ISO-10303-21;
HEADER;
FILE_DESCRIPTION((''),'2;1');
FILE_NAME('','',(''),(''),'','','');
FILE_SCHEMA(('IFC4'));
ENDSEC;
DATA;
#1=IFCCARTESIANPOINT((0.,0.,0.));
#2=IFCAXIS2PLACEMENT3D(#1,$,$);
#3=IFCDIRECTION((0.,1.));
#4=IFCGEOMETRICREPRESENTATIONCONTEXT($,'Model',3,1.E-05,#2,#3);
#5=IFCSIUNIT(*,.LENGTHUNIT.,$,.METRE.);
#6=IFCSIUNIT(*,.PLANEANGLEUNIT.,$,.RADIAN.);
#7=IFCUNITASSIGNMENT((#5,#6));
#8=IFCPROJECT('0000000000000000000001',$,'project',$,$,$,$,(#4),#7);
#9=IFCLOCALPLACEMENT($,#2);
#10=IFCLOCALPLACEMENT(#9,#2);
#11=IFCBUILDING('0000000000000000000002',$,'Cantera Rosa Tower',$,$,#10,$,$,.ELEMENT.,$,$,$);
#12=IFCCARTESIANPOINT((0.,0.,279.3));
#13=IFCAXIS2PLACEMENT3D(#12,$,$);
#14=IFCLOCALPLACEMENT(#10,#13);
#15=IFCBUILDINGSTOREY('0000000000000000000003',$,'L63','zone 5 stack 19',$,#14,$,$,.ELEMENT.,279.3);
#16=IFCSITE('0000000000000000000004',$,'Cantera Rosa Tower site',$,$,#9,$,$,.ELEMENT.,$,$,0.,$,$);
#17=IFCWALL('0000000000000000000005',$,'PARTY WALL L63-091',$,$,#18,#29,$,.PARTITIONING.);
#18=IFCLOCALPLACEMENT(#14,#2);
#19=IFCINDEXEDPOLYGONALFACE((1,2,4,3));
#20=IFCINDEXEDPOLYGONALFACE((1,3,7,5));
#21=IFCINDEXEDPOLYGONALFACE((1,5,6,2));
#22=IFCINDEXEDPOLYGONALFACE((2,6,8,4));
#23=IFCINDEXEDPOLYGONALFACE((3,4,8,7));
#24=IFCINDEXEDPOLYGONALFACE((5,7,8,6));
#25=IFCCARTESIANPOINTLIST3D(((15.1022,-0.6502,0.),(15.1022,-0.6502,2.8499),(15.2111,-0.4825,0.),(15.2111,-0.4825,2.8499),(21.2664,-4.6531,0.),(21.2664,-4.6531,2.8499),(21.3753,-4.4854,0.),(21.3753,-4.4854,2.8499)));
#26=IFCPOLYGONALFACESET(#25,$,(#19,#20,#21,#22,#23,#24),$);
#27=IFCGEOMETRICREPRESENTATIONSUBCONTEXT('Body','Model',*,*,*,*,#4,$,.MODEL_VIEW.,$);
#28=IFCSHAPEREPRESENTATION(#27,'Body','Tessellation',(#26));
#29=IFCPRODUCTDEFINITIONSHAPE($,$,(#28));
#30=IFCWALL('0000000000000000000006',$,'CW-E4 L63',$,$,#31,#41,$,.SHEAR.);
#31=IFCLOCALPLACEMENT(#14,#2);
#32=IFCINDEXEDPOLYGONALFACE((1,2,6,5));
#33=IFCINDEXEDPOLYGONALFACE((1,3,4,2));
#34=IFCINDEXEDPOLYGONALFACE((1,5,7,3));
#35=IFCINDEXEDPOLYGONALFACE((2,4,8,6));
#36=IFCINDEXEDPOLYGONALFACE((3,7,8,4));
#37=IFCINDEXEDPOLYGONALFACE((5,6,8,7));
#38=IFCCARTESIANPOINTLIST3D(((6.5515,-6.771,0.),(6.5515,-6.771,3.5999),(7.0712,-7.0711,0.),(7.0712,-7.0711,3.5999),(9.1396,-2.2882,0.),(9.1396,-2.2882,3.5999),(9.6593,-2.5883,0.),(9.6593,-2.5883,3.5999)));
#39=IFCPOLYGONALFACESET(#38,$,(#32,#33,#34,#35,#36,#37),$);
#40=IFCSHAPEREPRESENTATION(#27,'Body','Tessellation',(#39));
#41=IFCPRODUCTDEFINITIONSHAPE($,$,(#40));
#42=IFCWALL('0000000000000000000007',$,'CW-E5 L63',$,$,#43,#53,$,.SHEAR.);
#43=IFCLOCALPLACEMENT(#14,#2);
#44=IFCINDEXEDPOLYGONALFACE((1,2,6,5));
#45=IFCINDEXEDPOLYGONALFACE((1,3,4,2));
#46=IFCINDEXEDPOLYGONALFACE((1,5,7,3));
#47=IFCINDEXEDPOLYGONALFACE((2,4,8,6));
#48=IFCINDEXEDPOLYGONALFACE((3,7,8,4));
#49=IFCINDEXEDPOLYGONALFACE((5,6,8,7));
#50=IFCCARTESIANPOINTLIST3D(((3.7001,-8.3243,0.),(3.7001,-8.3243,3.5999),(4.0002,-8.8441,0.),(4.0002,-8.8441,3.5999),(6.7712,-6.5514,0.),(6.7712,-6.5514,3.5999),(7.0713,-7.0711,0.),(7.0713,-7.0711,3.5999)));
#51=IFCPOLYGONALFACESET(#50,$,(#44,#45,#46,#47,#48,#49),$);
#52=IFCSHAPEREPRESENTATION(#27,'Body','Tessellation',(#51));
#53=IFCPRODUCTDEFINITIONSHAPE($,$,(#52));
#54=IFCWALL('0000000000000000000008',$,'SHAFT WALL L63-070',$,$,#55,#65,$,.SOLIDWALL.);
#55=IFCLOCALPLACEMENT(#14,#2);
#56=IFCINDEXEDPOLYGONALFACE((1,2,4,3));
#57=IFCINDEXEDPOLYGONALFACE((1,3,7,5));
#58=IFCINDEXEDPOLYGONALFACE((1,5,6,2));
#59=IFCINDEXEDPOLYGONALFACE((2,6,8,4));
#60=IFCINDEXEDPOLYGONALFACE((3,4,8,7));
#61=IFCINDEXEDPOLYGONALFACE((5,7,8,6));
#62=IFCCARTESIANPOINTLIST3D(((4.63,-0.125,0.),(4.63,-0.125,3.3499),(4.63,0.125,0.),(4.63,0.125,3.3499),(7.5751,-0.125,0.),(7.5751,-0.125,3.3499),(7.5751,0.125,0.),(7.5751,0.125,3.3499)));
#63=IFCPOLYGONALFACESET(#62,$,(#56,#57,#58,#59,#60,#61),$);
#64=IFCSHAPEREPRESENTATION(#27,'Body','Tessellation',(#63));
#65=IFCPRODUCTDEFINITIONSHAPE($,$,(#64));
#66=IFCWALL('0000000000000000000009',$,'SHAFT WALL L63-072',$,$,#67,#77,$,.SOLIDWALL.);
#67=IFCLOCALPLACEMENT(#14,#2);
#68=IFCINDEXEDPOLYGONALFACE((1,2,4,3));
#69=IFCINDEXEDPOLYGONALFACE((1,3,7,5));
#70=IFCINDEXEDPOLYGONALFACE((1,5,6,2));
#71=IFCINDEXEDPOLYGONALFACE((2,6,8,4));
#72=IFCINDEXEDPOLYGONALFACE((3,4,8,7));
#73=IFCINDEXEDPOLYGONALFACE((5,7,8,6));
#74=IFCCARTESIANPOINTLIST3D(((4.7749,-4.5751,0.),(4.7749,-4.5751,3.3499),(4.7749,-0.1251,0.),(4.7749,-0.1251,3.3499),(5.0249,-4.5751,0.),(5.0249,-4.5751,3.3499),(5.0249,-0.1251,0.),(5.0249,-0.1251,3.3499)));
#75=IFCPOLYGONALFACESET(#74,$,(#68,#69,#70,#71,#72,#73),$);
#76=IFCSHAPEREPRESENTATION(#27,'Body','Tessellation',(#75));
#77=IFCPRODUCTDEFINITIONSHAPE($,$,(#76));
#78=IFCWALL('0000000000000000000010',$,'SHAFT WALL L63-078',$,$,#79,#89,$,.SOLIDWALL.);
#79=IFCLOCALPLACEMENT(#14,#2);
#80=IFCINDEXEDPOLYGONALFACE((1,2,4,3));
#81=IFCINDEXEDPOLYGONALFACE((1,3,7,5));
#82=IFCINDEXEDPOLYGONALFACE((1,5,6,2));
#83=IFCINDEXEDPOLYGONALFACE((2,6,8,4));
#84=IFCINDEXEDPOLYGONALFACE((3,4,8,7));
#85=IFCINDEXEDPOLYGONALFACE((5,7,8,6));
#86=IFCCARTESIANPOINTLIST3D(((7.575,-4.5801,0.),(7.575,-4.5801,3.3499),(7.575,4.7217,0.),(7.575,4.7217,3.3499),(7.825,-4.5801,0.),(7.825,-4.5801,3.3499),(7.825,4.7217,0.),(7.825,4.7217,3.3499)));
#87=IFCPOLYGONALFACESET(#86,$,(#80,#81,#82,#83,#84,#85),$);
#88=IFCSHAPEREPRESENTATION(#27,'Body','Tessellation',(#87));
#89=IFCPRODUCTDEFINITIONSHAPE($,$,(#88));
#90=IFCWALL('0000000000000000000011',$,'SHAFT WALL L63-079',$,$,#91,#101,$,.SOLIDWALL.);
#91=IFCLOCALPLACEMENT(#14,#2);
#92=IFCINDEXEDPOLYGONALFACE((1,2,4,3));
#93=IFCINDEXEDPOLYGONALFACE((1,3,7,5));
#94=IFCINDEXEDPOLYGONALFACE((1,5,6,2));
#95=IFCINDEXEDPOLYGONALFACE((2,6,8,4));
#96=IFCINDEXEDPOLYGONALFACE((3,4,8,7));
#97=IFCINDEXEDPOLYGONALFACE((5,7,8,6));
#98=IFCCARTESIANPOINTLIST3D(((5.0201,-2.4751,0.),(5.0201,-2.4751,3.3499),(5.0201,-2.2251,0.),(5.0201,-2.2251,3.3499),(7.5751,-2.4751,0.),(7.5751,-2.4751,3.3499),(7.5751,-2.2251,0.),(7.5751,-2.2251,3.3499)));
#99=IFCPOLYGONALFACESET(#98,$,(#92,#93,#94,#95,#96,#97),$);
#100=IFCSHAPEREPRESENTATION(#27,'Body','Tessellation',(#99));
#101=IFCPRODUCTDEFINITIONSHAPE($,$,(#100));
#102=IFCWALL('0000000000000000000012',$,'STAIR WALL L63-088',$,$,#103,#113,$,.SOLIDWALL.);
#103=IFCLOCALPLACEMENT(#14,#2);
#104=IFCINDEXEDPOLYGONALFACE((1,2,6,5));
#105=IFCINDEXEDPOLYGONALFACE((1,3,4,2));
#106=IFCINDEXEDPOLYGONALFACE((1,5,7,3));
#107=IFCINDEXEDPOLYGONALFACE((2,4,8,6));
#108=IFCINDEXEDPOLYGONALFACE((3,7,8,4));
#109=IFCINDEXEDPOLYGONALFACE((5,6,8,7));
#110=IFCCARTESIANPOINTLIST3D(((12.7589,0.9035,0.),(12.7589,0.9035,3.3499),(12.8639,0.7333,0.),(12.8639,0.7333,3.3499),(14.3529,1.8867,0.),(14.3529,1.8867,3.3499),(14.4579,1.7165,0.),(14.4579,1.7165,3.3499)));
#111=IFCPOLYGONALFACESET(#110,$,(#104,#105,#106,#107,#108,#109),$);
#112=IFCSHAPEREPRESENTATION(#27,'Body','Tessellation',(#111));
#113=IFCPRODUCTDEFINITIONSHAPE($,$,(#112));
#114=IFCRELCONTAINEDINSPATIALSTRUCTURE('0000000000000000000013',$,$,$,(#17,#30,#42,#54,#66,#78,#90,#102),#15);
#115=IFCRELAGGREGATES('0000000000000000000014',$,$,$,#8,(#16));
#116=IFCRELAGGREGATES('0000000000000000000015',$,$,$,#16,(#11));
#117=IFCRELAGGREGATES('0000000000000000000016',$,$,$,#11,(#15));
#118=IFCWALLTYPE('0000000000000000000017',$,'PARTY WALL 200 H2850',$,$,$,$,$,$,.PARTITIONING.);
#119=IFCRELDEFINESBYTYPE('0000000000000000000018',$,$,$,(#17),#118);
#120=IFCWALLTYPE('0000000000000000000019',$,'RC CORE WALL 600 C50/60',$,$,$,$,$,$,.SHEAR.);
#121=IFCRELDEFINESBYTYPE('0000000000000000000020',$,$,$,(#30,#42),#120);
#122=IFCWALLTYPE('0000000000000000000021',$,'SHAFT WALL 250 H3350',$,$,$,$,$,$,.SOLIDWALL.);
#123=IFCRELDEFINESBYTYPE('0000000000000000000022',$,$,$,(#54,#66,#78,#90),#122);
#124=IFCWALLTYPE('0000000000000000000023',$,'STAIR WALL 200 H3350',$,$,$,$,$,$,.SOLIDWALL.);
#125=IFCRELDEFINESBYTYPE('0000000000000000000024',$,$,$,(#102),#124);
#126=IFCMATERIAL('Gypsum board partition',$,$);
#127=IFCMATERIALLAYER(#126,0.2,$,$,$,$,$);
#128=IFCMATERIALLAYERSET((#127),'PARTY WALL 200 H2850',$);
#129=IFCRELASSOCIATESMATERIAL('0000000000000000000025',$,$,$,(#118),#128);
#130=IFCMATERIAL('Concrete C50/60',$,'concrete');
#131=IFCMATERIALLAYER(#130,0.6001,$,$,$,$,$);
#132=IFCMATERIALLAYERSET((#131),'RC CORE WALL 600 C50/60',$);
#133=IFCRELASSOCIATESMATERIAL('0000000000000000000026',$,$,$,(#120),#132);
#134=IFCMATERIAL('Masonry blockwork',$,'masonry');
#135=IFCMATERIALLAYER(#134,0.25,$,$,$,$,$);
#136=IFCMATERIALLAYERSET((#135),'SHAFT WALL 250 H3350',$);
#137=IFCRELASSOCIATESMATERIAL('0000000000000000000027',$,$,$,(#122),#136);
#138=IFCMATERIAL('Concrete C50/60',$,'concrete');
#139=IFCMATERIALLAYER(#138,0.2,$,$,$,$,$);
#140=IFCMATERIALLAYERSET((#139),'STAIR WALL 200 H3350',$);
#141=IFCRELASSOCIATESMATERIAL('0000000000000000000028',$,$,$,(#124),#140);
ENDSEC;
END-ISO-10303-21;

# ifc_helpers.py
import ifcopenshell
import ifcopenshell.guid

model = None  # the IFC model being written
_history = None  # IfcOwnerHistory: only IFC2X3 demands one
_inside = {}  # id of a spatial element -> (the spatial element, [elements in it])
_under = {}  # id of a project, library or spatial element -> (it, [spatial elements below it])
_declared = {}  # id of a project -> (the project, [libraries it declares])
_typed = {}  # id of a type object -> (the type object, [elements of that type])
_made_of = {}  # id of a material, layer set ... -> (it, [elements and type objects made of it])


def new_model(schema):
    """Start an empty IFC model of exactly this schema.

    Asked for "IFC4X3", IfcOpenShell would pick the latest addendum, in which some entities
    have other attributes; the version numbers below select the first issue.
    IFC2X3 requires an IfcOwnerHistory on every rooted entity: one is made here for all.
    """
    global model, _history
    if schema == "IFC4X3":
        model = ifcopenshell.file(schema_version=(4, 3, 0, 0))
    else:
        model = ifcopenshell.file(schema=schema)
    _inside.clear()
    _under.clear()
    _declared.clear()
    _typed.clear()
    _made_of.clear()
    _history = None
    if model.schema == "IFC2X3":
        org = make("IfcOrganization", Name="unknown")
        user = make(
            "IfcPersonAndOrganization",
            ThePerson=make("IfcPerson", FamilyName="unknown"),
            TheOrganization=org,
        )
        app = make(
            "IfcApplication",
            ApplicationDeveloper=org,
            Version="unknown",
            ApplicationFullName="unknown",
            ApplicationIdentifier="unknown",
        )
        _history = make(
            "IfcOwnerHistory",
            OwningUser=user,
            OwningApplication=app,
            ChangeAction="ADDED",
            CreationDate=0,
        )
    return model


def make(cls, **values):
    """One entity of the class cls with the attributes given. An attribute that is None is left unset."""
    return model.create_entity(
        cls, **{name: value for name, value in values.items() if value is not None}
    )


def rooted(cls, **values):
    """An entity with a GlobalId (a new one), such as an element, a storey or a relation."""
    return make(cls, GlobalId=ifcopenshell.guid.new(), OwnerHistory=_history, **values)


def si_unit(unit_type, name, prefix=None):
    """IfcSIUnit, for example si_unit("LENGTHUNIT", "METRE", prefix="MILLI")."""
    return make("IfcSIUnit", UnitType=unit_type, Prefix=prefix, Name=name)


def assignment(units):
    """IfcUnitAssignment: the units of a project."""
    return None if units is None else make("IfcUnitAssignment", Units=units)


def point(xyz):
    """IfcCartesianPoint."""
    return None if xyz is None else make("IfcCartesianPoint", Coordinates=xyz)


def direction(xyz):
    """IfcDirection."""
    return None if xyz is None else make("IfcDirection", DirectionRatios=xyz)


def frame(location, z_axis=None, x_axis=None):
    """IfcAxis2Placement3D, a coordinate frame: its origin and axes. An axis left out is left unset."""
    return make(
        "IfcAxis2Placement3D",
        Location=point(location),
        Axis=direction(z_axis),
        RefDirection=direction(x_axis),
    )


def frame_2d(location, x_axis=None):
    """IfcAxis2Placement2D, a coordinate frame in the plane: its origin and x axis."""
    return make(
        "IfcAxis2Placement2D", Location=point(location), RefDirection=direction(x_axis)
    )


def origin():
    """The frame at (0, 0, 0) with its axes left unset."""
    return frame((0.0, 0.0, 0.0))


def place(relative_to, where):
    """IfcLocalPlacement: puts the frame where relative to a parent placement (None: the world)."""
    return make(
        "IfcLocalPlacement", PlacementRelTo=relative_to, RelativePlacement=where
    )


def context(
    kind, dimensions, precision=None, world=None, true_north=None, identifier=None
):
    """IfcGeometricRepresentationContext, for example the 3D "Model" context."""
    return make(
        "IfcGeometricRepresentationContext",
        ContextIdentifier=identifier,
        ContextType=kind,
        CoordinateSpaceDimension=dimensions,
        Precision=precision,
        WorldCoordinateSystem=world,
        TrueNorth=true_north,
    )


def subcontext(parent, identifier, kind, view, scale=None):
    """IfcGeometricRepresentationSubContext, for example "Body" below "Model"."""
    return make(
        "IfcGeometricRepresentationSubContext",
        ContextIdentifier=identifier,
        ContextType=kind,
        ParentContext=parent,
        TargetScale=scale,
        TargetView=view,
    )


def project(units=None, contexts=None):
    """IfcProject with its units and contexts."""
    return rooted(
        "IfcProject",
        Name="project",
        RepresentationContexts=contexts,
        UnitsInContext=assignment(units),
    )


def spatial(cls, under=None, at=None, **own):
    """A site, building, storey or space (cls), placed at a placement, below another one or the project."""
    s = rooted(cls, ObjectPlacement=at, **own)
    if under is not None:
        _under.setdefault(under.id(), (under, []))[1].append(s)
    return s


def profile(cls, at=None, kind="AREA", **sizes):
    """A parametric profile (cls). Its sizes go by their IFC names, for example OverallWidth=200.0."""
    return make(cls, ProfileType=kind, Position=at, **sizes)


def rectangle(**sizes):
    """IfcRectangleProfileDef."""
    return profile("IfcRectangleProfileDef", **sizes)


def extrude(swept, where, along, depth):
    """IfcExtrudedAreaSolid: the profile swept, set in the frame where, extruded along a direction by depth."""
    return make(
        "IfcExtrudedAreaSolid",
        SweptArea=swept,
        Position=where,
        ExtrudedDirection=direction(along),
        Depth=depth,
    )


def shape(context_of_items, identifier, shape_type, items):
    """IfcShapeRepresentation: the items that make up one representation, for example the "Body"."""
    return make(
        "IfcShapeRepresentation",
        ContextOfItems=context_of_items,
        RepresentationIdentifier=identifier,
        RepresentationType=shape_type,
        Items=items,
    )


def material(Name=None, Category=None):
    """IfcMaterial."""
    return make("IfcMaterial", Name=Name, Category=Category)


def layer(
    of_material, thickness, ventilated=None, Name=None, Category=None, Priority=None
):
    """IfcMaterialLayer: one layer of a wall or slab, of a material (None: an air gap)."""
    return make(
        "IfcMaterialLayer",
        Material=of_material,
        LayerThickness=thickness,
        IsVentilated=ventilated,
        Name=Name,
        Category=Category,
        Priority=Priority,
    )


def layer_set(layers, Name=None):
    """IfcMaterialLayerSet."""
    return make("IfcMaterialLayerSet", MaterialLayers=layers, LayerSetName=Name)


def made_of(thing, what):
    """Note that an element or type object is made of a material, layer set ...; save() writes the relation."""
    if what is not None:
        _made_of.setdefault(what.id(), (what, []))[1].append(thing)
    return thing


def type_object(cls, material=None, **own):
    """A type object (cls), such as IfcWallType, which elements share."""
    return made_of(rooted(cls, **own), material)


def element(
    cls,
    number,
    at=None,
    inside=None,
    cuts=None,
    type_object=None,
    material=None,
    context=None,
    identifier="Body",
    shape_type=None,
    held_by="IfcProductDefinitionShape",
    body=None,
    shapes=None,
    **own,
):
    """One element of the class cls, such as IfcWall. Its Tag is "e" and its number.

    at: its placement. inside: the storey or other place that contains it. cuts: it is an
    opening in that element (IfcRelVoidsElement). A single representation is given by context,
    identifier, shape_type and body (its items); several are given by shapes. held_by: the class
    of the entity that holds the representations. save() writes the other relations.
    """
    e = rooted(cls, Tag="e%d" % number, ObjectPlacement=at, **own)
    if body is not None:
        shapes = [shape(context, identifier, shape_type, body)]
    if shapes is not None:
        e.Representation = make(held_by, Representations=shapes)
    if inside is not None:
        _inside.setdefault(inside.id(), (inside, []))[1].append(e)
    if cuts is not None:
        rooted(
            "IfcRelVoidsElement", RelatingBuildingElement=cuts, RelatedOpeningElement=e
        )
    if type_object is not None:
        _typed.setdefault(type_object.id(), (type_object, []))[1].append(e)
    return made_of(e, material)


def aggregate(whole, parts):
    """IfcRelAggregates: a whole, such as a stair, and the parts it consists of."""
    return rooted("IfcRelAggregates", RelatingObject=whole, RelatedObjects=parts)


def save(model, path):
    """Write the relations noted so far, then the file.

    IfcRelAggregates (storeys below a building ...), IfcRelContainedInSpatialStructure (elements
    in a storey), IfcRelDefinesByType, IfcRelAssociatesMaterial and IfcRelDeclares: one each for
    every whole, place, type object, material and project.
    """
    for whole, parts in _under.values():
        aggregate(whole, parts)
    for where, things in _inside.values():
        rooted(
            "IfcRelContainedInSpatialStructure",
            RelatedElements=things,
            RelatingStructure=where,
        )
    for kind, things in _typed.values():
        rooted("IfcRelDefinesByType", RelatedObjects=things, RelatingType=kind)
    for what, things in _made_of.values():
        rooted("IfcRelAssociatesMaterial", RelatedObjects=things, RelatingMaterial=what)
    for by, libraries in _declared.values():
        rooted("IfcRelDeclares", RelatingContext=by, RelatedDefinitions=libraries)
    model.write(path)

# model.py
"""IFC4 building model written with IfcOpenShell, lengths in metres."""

from ifc_helpers import new_model, si_unit, direction, frame, frame_2d, origin, place, context, subcontext, project, spatial, rectangle, extrude, material, layer, layer_set, type_object, element, save


model = new_model("IFC4")

# Units and contexts
model_context = context("Model", 3, precision=1e-05, world=origin(), true_north=direction((0.0, 1.0)))
body_context = subcontext(model_context, "Body", "Model", "MODEL_VIEW")
ifc_project = project(units=[si_unit("LENGTHUNIT", "METRE"), si_unit("PLANEANGLEUNIT", "RADIAN")], contexts=[model_context])

# Site, building, storey
site_placement = place(None, origin())
site = spatial("IfcSite", under=ifc_project, at=site_placement, Name="Cantera Rosa Tower site", CompositionType="ELEMENT", RefElevation=0.0)
building_placement = place(site_placement, origin())
building = spatial("IfcBuilding", under=site, at=building_placement, Name="Cantera Rosa Tower", CompositionType="ELEMENT")
storey_placement = place(building_placement, frame((0.0, 0.0, 279.3)))
storey = spatial("IfcBuildingStorey", under=building, at=storey_placement, Name="L63", Description="zone 5 stack 19", CompositionType="ELEMENT", Elevation=279.3)

# Walls
ifc_material_1 = material(Name="Gypsum board partition")
ifc_layer_1 = layer(ifc_material_1, 0.2)
ifc_layer_set_1 = layer_set([ifc_layer_1], Name="PARTY WALL 200 H2850")
wall_type_1 = type_object("IfcWallType", Name="PARTY WALL 200 H2850", PredefinedType="PARTITIONING", material=ifc_layer_set_1)
for number, where, z_axis, x_axis, name in (
    (1, (15.1567, -0.5664, 0.0), (0.0, 0.0, 1.0), (0.838684, -0.544618, 0.0), "PARTY WALL L63-091"),
):
    element("IfcWall", number, at=place(storey_placement, frame(where, z_axis=z_axis, x_axis=x_axis)), inside=storey, type_object=wall_type_1, Name=name, PredefinedType="PARTITIONING", context=body_context, shape_type="SweptSolid", body=[
        extrude(rectangle(XDim=7.3499, YDim=0.2, at=frame_2d((3.6748, 0.0))), origin(), (0.0, 0.0, 1.0), 2.8499),
    ])
ifc_material_2 = material(Name="Concrete C50/60", Category="concrete")
ifc_layer_2 = layer(ifc_material_2, 0.6001)
ifc_layer_set_2 = layer_set([ifc_layer_2], Name="RC CORE WALL 600 C50/60")
wall_type_2 = type_object("IfcWallType", Name="RC CORE WALL 600 C50/60", PredefinedType="SHEAR", material=ifc_layer_set_2)
wall_1_placement = place(storey_placement, frame((9.3994, -2.4382, 0.0), z_axis=(0.0, 0.0, 1.0), x_axis=(-0.499989, -0.866032, 0.0)))
element("IfcWall", 2, at=wall_1_placement, inside=storey, type_object=wall_type_2, Name="CW-E4 L63", PredefinedType="SHEAR", context=body_context, shape_type="SweptSolid", body=[
    extrude(rectangle(XDim=5.1763, YDim=0.6001, at=frame_2d((2.5881, 0.0))), origin(), (0.0, 0.0, 1.0), 3.5999),
])
wall_2_placement = place(storey_placement, frame((6.9211, -6.8113, 0.0), z_axis=(0.0, 0.0, 1.0), x_axis=(-0.86604, -0.499975, 0.0)))
element("IfcWall", 3, at=wall_2_placement, inside=storey, type_object=wall_type_2, Name="CW-E5 L63", PredefinedType="SHEAR", context=body_context, shape_type="SweptSolid", body=[
    extrude(rectangle(XDim=3.5461, YDim=0.6001, at=frame_2d((1.7729, 0.0))), origin(), (0.0, 0.0, 1.0), 3.5999),
])
ifc_material_3 = material(Name="Masonry blockwork", Category="masonry")
ifc_layer_3 = layer(ifc_material_3, 0.25)
ifc_layer_set_3 = layer_set([ifc_layer_3], Name="SHAFT WALL 250 H3350")
wall_type_3 = type_object("IfcWallType", Name="SHAFT WALL 250 H3350", PredefinedType="SOLIDWALL", material=ifc_layer_set_3)
wall_3_placement = place(storey_placement, frame((4.6299, 0.0, 0.0), z_axis=(0.0, 0.0, 1.0), x_axis=(1.0, 0.0, 0.0)))
element("IfcWall", 4, at=wall_3_placement, inside=storey, type_object=wall_type_3, Name="SHAFT WALL L63-070", PredefinedType="SOLIDWALL", context=body_context, shape_type="SweptSolid", body=[
    extrude(rectangle(XDim=2.9451, YDim=0.25, at=frame_2d((1.4727, 0.0))), origin(), (0.0, 0.0, 1.0), 3.3499),
])
wall_4_placement = place(storey_placement, frame((4.8999, -0.125, 0.0), z_axis=(0.0, 0.0, 1.0), x_axis=(0.0, -1.0, 0.0)))
element("IfcWall", 5, at=wall_4_placement, inside=storey, type_object=wall_type_3, Name="SHAFT WALL L63-072", PredefinedType="SOLIDWALL", context=body_context, shape_type="SweptSolid", body=[
    extrude(rectangle(XDim=4.45, YDim=0.25, at=frame_2d((2.2251, 0.0))), origin(), (0.0, 0.0, 1.0), 3.3499),
])
wall_5_placement = place(storey_placement, frame((7.7, -4.5801, 0.0), z_axis=(0.0, 0.0, 1.0), x_axis=(0.0, 1.0, 0.0)))
element("IfcWall", 6, at=wall_5_placement, inside=storey, type_object=wall_type_3, Name="SHAFT WALL L63-078", PredefinedType="SOLIDWALL", context=body_context, shape_type="SweptSolid", body=[
    extrude(rectangle(XDim=9.3018, YDim=0.25, at=frame_2d((4.6509, 0.0))), origin(), (0.0, 0.0, 1.0), 3.3499),
])
wall_6_placement = place(storey_placement, frame((7.575, -2.3501, 0.0), z_axis=(0.0, 0.0, 1.0), x_axis=(-1.0, 0.0, 0.0)))
element("IfcWall", 7, at=wall_6_placement, inside=storey, type_object=wall_type_3, Name="SHAFT WALL L63-079", PredefinedType="SOLIDWALL", context=body_context, shape_type="SweptSolid", body=[
    extrude(rectangle(XDim=2.5549, YDim=0.25, at=frame_2d((1.2773, 0.0))), origin(), (0.0, 0.0, 1.0), 3.3499),
])
ifc_material_4 = material(Name="Concrete C50/60", Category="concrete")
ifc_layer_4 = layer(ifc_material_4, 0.2)
ifc_layer_set_4 = layer_set([ifc_layer_4], Name="STAIR WALL 200 H3350")
wall_type_4 = type_object("IfcWallType", Name="STAIR WALL 200 H3350", PredefinedType="SOLIDWALL", material=ifc_layer_set_4)
wall_7_placement = place(storey_placement, frame((12.8113, 0.8184, 0.0), z_axis=(0.0, 0.0, 1.0), x_axis=(0.851125, 0.524963, 0.0)))
element("IfcWall", 8, at=wall_7_placement, inside=storey, type_object=wall_type_4, Name="STAIR WALL L63-088", PredefinedType="SOLIDWALL", context=body_context, shape_type="SweptSolid", body=[
    extrude(rectangle(XDim=1.8728, YDim=0.2, at=frame_2d((0.9365, 0.0))), origin(), (0.0, 0.0, 1.0), 3.3499),
])

save(model, "model.ifc")
